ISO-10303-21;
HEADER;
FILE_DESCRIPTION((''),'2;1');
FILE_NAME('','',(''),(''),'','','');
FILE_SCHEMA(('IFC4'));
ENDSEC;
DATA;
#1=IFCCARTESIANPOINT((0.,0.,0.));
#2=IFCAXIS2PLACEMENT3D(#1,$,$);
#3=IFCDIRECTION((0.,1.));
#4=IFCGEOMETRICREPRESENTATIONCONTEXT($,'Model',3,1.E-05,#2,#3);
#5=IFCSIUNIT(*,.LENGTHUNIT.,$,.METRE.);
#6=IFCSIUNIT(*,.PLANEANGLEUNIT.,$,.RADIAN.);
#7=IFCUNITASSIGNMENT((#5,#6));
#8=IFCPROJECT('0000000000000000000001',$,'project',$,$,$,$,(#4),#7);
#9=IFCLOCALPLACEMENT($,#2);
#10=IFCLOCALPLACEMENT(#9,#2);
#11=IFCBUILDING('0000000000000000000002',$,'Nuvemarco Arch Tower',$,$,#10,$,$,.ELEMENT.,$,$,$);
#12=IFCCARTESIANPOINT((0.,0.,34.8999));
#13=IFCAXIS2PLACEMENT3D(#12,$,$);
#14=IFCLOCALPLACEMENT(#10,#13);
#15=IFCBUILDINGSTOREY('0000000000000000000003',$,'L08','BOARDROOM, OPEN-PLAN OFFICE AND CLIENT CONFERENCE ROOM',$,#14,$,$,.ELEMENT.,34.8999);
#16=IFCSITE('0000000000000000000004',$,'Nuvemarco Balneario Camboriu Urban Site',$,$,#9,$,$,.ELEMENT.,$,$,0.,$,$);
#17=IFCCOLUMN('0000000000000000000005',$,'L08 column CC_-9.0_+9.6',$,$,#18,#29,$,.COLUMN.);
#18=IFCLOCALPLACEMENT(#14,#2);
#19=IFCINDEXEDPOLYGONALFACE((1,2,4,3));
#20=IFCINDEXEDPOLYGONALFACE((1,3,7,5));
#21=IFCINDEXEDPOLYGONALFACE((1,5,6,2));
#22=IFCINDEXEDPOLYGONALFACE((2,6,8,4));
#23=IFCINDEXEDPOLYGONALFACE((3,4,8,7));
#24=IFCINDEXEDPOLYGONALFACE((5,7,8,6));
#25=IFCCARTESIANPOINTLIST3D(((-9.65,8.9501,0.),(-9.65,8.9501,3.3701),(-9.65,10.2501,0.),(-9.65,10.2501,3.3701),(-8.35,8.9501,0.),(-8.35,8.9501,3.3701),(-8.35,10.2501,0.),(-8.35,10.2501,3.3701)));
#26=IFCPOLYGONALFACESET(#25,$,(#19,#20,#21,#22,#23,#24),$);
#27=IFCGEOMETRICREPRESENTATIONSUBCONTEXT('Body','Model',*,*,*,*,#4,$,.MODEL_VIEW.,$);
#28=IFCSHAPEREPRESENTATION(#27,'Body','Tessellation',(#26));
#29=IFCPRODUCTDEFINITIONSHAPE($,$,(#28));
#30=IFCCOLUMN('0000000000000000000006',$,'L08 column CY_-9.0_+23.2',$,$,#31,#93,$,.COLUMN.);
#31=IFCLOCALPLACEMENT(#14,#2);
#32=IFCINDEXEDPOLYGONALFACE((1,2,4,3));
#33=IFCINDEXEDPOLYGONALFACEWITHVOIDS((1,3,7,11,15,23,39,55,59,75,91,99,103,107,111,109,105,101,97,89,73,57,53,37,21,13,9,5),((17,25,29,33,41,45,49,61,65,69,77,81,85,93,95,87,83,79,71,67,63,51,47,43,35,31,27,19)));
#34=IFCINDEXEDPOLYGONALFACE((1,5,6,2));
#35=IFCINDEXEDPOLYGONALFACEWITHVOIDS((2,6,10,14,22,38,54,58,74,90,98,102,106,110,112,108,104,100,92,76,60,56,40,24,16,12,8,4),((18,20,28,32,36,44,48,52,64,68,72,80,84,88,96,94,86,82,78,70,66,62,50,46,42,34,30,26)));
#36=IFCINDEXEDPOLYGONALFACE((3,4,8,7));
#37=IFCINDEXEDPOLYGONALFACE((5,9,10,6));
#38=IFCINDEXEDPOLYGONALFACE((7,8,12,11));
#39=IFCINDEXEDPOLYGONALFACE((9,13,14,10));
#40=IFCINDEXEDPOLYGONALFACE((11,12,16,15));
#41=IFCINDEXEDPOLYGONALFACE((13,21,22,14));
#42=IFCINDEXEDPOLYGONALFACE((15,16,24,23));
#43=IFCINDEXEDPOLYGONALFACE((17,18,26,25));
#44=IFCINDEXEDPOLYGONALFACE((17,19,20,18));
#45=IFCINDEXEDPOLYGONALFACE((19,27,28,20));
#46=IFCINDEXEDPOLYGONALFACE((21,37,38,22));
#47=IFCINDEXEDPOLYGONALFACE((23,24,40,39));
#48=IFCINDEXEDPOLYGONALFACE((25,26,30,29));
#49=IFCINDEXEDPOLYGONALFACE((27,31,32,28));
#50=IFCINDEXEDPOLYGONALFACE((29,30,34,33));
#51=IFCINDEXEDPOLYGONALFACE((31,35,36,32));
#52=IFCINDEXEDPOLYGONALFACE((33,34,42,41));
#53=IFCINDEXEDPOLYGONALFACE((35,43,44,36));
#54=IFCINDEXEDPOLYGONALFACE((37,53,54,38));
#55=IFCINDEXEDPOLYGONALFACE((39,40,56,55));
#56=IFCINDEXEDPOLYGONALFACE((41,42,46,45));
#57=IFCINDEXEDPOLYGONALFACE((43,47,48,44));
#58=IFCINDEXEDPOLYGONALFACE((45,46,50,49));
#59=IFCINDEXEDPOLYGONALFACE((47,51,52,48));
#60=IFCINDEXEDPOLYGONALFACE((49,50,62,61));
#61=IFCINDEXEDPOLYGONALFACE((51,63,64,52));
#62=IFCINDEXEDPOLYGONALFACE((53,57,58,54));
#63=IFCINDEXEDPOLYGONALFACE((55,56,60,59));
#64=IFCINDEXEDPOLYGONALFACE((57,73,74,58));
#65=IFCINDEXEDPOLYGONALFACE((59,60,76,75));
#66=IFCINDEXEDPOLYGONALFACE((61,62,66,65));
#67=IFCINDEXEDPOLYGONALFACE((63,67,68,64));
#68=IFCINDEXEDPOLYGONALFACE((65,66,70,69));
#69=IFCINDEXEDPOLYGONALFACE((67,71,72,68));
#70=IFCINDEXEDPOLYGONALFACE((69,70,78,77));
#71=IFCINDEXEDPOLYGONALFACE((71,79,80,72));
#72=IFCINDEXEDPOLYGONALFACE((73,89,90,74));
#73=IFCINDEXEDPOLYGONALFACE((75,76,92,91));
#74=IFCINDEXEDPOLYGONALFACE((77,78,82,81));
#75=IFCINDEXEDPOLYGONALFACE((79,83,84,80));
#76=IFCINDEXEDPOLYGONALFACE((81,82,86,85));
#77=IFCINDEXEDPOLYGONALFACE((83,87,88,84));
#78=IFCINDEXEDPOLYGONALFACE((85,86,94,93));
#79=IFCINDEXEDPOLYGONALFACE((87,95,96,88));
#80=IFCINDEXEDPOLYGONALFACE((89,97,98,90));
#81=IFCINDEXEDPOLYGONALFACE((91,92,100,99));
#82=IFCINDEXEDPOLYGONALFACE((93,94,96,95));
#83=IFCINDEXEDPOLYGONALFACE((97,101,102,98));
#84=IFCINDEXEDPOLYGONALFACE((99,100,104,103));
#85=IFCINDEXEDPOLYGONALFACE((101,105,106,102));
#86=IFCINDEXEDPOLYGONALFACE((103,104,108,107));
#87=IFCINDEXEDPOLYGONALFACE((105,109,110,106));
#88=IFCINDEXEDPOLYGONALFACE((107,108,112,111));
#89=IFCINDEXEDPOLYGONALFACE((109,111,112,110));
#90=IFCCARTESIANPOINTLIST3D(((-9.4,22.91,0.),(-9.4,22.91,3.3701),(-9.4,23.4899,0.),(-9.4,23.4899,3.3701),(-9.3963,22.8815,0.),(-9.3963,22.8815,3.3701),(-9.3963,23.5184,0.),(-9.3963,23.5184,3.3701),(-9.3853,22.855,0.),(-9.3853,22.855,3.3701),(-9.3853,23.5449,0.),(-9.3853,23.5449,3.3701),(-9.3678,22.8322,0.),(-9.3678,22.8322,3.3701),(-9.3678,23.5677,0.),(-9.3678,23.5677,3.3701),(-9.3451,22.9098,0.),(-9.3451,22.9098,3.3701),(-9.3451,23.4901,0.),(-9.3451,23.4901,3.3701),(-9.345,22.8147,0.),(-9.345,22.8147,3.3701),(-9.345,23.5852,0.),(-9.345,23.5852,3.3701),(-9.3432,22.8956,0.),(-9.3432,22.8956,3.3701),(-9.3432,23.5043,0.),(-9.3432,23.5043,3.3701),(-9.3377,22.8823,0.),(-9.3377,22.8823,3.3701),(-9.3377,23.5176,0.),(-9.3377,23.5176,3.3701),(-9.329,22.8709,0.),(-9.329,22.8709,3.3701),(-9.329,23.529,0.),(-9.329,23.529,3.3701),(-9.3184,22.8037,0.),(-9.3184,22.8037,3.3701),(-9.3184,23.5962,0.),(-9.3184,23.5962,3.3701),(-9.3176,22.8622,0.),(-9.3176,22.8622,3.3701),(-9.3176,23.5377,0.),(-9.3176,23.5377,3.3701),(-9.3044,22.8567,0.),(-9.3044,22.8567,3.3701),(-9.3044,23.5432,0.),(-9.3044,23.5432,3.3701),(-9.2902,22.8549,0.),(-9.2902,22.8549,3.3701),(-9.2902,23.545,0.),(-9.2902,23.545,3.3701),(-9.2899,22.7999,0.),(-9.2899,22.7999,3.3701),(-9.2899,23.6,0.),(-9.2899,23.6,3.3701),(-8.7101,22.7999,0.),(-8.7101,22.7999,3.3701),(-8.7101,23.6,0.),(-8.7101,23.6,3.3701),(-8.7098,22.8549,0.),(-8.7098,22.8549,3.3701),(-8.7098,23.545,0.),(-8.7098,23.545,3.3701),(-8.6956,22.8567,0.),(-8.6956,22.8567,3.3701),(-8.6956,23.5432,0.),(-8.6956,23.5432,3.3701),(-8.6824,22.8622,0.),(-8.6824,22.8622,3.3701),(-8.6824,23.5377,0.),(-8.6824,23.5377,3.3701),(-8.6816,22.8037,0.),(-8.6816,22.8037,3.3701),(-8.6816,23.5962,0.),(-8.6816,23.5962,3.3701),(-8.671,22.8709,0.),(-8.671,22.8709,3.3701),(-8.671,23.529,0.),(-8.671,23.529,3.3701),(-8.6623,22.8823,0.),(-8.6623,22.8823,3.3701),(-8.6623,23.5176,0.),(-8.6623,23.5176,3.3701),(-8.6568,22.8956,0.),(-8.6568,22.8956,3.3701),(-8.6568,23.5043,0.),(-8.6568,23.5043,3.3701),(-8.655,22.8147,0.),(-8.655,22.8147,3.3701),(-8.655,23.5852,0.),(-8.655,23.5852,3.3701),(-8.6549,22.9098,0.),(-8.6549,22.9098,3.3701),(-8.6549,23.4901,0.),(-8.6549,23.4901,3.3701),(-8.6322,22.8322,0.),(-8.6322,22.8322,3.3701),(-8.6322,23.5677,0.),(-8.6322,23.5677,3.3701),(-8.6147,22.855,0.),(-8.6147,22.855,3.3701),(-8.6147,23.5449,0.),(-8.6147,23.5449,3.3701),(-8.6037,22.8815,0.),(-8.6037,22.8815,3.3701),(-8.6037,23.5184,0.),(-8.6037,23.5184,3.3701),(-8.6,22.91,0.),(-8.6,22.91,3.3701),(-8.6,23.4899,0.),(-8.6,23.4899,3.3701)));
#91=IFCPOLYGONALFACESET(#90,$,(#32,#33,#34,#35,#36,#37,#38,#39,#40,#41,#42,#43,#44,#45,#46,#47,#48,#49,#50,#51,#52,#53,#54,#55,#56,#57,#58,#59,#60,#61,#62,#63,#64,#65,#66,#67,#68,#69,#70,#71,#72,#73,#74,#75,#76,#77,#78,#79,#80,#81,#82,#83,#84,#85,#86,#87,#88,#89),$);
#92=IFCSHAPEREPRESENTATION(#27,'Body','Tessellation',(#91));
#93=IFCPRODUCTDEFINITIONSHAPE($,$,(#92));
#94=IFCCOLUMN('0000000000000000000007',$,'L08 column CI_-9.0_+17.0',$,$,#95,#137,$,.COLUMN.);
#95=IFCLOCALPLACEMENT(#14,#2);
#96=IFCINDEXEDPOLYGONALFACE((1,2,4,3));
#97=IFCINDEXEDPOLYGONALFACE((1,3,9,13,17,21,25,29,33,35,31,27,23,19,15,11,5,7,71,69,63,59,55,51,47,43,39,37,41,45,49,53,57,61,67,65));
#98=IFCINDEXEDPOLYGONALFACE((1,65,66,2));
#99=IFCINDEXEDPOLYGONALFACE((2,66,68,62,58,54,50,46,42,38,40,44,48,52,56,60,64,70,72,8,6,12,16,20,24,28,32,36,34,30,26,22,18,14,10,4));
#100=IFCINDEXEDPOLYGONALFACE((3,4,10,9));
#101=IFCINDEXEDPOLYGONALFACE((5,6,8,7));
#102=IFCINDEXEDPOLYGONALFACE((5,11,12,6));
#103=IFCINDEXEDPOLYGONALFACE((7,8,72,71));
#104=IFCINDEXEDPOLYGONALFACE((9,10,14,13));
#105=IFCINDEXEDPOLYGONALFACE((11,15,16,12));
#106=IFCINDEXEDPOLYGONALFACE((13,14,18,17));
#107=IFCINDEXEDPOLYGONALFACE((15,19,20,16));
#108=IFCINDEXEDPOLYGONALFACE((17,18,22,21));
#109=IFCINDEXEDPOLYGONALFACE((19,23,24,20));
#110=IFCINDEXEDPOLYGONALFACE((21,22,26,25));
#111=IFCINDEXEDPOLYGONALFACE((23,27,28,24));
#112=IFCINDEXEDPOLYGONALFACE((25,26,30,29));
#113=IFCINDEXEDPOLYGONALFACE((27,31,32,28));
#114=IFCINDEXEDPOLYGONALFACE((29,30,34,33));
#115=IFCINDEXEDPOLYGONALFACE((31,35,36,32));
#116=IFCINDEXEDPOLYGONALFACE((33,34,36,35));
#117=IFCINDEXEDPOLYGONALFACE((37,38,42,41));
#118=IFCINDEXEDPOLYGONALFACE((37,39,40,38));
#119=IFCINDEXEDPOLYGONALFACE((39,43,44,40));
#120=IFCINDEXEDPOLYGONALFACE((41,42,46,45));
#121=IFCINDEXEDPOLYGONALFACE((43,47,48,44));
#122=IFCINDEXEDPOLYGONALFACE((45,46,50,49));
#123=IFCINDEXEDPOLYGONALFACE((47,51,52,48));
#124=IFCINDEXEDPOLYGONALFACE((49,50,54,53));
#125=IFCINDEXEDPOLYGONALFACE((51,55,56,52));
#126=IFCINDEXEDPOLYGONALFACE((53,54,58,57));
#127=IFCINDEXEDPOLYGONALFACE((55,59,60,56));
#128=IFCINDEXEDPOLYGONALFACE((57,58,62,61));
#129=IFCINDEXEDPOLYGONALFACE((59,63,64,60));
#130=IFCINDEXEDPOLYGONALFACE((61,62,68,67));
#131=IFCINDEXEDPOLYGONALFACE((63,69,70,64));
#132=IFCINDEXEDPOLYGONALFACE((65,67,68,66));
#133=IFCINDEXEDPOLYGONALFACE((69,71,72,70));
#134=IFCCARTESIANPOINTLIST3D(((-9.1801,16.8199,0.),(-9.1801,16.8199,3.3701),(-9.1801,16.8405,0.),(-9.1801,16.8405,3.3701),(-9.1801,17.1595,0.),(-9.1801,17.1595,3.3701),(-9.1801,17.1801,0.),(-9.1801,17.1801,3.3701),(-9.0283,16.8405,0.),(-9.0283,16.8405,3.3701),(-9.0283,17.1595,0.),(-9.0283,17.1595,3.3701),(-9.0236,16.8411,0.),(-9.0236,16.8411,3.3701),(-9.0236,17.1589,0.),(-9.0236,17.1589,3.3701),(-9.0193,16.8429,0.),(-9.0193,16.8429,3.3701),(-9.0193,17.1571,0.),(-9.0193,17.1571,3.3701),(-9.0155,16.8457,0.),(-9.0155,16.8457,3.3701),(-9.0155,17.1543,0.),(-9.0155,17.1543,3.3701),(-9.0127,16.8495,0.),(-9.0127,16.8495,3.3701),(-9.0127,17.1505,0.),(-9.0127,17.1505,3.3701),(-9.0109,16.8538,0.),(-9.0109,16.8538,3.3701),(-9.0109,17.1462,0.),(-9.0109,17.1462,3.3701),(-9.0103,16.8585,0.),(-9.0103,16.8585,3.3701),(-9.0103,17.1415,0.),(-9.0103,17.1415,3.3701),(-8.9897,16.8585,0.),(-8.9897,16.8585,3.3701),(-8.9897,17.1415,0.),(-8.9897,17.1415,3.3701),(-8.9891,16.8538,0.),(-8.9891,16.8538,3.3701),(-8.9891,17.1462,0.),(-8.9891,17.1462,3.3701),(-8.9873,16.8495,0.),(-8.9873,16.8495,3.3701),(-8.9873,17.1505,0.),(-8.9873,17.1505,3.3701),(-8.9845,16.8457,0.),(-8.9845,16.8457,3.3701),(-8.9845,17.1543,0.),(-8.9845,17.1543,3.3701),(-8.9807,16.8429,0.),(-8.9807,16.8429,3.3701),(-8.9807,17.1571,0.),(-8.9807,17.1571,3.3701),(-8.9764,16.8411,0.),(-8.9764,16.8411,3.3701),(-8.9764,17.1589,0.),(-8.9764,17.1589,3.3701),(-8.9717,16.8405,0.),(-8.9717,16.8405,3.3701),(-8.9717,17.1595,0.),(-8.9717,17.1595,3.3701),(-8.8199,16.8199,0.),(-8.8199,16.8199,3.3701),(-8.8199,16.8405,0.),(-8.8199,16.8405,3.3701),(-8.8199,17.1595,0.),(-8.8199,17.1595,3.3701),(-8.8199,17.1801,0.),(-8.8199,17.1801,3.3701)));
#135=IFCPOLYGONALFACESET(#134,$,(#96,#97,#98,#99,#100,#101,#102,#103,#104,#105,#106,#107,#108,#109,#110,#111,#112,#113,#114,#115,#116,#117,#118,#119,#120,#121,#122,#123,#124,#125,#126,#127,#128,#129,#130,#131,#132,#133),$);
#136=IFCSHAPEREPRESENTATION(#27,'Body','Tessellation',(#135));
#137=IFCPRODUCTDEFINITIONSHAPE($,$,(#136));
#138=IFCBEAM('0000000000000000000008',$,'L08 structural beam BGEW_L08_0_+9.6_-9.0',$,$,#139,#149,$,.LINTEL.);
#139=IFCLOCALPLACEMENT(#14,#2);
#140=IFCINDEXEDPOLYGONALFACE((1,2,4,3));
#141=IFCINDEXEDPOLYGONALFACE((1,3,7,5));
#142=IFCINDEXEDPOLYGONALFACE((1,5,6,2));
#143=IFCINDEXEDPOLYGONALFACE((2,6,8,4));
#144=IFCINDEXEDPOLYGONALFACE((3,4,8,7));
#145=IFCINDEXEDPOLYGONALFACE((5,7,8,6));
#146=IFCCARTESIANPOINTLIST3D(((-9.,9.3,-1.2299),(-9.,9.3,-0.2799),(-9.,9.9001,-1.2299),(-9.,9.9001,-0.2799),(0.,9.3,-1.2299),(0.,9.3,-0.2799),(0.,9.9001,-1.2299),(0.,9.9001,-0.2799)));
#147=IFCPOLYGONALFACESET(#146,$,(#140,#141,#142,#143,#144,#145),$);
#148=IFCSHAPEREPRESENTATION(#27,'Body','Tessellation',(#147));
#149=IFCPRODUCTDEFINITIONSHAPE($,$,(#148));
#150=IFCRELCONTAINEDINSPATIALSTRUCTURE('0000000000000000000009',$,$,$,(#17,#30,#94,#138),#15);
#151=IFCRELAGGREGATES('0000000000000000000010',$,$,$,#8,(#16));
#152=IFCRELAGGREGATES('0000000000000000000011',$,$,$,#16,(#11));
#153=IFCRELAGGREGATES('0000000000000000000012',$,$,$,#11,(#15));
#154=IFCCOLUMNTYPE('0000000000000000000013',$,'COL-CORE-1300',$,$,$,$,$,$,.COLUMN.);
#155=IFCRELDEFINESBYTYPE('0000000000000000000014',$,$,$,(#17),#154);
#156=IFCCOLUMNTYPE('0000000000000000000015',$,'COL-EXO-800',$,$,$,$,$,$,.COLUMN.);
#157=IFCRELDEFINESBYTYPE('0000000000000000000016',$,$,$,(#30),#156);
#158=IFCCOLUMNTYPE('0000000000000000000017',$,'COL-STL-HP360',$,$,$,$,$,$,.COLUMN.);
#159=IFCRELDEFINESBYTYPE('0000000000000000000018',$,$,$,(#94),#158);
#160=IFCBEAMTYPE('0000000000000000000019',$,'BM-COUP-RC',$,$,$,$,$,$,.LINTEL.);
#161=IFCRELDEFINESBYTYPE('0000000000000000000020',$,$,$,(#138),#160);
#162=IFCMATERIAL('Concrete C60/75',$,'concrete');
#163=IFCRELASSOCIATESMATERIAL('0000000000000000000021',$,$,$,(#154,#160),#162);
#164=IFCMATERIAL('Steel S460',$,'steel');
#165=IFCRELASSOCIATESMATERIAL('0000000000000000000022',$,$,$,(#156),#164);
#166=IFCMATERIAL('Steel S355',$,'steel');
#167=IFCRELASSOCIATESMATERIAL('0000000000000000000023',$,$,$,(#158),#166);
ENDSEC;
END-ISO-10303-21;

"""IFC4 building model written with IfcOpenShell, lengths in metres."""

from ifc_helpers import new_model, si_unit, direction, frame, origin, origin_2d, place, context, subcontext, project, spatial, rectangle, hollow_rectangle, i_section, extrude, material, material_profile, profile_set, type_object, element, save


model = new_model("IFC4")

# Units and contexts
model_context = context("Model", 3, precision=1e-05, world=origin(), true_north=direction((0.0, 1.0)))
body_context = subcontext(model_context, "Body", "Model", "MODEL_VIEW")
ifc_project = project(units=[si_unit("LENGTHUNIT", "METRE"), si_unit("PLANEANGLEUNIT", "RADIAN")], contexts=[model_context])

# Site, building, storey
site_placement = place(None, origin())
site = spatial("IfcSite", under=ifc_project, at=site_placement, Name="Nuvemarco Balneario Camboriu Urban Site", CompositionType="ELEMENT", RefElevation=0.0)
building_placement = place(site_placement, origin())
building = spatial("IfcBuilding", under=site, at=building_placement, Name="Nuvemarco Arch Tower", CompositionType="ELEMENT")
storey_placement = place(building_placement, frame((0.0, 0.0, 34.8999)))
storey = spatial("IfcBuildingStorey", under=building, at=storey_placement, Name="L08", Description="BOARDROOM, OPEN-PLAN OFFICE AND CLIENT CONFERENCE ROOM", CompositionType="ELEMENT", Elevation=34.8999)

# Columns
ifc_material_1 = material(Name="Concrete C60/75", Category="concrete")
ifc_material_profile_1 = material_profile(ifc_material_1, rectangle(XDim=1.3, YDim=1.3, at=origin_2d()), Name="RC-COL-1300x1300")
ifc_profile_set_1 = profile_set([ifc_material_profile_1], Name="Concrete C60/75")
column_type_1 = type_object("IfcColumnType", Name="COL-CORE-1300", PredefinedType="COLUMN", material=ifc_profile_set_1)
column_1_placement = place(storey_placement, frame((-9.0, 9.6001, 0.0), z_axis=(0.0, 0.0, 1.0), x_axis=(1.0, 0.0, 0.0)))
element("IfcColumn", 1, at=column_1_placement, inside=storey, type_object=column_type_1, Name="L08 column CC_-9.0_+9.6", PredefinedType="COLUMN", context=body_context, shape_type="SweptSolid", body=[
    extrude(rectangle(XDim=1.3, YDim=1.3, at=origin_2d()), origin(), (0.0, 0.0, 1.0), 3.3701),
])
ifc_material_2 = material(Name="Steel S460", Category="steel")
ifc_material_profile_2 = material_profile(ifc_material_2, hollow_rectangle(XDim=0.8, YDim=0.8, WallThickness=0.0549, InnerFilletRadius=0.0549, OuterFilletRadius=0.1101, at=origin_2d()), Name="SHS800x800x55")
ifc_profile_set_2 = profile_set([ifc_material_profile_2], Name="Steel S460")
column_type_2 = type_object("IfcColumnType", Name="COL-EXO-800", PredefinedType="COLUMN", material=ifc_profile_set_2)
column_2_placement = place(storey_placement, frame((-9.0, 23.2, 0.0), z_axis=(0.0, 0.0, 1.0), x_axis=(1.0, 0.0, 0.0)))
element("IfcColumn", 2, at=column_2_placement, inside=storey, type_object=column_type_2, Name="L08 column CY_-9.0_+23.2", PredefinedType="COLUMN", context=body_context, shape_type="SweptSolid", body=[
    extrude(hollow_rectangle(XDim=0.8, YDim=0.8, WallThickness=0.0549, InnerFilletRadius=0.0549, OuterFilletRadius=0.1101, at=origin_2d()), origin(), (0.0, 0.0, 1.0), 3.3701),
])
ifc_material_3 = material(Name="Steel S355", Category="steel")
ifc_material_profile_3 = material_profile(ifc_material_3, i_section(OverallWidth=0.3601, OverallDepth=0.3601, WebThickness=0.0205, FlangeThickness=0.0205, FilletRadius=0.0181, at=origin_2d()), Name="HP360x174")
ifc_profile_set_3 = profile_set([ifc_material_profile_3], Name="Steel S355")
column_type_3 = type_object("IfcColumnType", Name="COL-STL-HP360", PredefinedType="COLUMN", material=ifc_profile_set_3)
column_3_placement = place(storey_placement, frame((-9.0, 17.0, 0.0), z_axis=(0.0, 0.0, 1.0), x_axis=(1.0, 0.0, 0.0)))
element("IfcColumn", 3, at=column_3_placement, inside=storey, type_object=column_type_3, Name="L08 column CI_-9.0_+17.0", PredefinedType="COLUMN", context=body_context, shape_type="SweptSolid", body=[
    extrude(i_section(OverallWidth=0.3601, OverallDepth=0.3601, WebThickness=0.0205, FlangeThickness=0.0205, FilletRadius=0.0181, at=origin_2d()), origin(), (0.0, 0.0, 1.0), 3.3701),
])

# Beam
ifc_material_profile_4 = material_profile(ifc_material_1, rectangle(XDim=0.6001, YDim=0.95, at=origin_2d()), Name="RC-BM-600x950")
ifc_profile_set_4 = profile_set([ifc_material_profile_4], Name="Concrete C60/75")
beam_type_1 = type_object("IfcBeamType", Name="BM-COUP-RC", PredefinedType="LINTEL", material=ifc_profile_set_4)
beam_1_placement = place(storey_placement, frame((-9.0, 9.6001, -0.7549), z_axis=(1.0, 0.0, 0.0), x_axis=(0.0, 1.0, 0.0)))
element("IfcBeam", 4, at=beam_1_placement, inside=storey, type_object=beam_type_1, Name="L08 structural beam BGEW_L08_0_+9.6_-9.0", PredefinedType="LINTEL", context=body_context, shape_type="SweptSolid", body=[
    extrude(rectangle(XDim=0.6001, YDim=0.95, at=origin_2d()), origin(), (0.0, 0.0, 1.0), 9.0),
])

save(model, "model.ifc")
